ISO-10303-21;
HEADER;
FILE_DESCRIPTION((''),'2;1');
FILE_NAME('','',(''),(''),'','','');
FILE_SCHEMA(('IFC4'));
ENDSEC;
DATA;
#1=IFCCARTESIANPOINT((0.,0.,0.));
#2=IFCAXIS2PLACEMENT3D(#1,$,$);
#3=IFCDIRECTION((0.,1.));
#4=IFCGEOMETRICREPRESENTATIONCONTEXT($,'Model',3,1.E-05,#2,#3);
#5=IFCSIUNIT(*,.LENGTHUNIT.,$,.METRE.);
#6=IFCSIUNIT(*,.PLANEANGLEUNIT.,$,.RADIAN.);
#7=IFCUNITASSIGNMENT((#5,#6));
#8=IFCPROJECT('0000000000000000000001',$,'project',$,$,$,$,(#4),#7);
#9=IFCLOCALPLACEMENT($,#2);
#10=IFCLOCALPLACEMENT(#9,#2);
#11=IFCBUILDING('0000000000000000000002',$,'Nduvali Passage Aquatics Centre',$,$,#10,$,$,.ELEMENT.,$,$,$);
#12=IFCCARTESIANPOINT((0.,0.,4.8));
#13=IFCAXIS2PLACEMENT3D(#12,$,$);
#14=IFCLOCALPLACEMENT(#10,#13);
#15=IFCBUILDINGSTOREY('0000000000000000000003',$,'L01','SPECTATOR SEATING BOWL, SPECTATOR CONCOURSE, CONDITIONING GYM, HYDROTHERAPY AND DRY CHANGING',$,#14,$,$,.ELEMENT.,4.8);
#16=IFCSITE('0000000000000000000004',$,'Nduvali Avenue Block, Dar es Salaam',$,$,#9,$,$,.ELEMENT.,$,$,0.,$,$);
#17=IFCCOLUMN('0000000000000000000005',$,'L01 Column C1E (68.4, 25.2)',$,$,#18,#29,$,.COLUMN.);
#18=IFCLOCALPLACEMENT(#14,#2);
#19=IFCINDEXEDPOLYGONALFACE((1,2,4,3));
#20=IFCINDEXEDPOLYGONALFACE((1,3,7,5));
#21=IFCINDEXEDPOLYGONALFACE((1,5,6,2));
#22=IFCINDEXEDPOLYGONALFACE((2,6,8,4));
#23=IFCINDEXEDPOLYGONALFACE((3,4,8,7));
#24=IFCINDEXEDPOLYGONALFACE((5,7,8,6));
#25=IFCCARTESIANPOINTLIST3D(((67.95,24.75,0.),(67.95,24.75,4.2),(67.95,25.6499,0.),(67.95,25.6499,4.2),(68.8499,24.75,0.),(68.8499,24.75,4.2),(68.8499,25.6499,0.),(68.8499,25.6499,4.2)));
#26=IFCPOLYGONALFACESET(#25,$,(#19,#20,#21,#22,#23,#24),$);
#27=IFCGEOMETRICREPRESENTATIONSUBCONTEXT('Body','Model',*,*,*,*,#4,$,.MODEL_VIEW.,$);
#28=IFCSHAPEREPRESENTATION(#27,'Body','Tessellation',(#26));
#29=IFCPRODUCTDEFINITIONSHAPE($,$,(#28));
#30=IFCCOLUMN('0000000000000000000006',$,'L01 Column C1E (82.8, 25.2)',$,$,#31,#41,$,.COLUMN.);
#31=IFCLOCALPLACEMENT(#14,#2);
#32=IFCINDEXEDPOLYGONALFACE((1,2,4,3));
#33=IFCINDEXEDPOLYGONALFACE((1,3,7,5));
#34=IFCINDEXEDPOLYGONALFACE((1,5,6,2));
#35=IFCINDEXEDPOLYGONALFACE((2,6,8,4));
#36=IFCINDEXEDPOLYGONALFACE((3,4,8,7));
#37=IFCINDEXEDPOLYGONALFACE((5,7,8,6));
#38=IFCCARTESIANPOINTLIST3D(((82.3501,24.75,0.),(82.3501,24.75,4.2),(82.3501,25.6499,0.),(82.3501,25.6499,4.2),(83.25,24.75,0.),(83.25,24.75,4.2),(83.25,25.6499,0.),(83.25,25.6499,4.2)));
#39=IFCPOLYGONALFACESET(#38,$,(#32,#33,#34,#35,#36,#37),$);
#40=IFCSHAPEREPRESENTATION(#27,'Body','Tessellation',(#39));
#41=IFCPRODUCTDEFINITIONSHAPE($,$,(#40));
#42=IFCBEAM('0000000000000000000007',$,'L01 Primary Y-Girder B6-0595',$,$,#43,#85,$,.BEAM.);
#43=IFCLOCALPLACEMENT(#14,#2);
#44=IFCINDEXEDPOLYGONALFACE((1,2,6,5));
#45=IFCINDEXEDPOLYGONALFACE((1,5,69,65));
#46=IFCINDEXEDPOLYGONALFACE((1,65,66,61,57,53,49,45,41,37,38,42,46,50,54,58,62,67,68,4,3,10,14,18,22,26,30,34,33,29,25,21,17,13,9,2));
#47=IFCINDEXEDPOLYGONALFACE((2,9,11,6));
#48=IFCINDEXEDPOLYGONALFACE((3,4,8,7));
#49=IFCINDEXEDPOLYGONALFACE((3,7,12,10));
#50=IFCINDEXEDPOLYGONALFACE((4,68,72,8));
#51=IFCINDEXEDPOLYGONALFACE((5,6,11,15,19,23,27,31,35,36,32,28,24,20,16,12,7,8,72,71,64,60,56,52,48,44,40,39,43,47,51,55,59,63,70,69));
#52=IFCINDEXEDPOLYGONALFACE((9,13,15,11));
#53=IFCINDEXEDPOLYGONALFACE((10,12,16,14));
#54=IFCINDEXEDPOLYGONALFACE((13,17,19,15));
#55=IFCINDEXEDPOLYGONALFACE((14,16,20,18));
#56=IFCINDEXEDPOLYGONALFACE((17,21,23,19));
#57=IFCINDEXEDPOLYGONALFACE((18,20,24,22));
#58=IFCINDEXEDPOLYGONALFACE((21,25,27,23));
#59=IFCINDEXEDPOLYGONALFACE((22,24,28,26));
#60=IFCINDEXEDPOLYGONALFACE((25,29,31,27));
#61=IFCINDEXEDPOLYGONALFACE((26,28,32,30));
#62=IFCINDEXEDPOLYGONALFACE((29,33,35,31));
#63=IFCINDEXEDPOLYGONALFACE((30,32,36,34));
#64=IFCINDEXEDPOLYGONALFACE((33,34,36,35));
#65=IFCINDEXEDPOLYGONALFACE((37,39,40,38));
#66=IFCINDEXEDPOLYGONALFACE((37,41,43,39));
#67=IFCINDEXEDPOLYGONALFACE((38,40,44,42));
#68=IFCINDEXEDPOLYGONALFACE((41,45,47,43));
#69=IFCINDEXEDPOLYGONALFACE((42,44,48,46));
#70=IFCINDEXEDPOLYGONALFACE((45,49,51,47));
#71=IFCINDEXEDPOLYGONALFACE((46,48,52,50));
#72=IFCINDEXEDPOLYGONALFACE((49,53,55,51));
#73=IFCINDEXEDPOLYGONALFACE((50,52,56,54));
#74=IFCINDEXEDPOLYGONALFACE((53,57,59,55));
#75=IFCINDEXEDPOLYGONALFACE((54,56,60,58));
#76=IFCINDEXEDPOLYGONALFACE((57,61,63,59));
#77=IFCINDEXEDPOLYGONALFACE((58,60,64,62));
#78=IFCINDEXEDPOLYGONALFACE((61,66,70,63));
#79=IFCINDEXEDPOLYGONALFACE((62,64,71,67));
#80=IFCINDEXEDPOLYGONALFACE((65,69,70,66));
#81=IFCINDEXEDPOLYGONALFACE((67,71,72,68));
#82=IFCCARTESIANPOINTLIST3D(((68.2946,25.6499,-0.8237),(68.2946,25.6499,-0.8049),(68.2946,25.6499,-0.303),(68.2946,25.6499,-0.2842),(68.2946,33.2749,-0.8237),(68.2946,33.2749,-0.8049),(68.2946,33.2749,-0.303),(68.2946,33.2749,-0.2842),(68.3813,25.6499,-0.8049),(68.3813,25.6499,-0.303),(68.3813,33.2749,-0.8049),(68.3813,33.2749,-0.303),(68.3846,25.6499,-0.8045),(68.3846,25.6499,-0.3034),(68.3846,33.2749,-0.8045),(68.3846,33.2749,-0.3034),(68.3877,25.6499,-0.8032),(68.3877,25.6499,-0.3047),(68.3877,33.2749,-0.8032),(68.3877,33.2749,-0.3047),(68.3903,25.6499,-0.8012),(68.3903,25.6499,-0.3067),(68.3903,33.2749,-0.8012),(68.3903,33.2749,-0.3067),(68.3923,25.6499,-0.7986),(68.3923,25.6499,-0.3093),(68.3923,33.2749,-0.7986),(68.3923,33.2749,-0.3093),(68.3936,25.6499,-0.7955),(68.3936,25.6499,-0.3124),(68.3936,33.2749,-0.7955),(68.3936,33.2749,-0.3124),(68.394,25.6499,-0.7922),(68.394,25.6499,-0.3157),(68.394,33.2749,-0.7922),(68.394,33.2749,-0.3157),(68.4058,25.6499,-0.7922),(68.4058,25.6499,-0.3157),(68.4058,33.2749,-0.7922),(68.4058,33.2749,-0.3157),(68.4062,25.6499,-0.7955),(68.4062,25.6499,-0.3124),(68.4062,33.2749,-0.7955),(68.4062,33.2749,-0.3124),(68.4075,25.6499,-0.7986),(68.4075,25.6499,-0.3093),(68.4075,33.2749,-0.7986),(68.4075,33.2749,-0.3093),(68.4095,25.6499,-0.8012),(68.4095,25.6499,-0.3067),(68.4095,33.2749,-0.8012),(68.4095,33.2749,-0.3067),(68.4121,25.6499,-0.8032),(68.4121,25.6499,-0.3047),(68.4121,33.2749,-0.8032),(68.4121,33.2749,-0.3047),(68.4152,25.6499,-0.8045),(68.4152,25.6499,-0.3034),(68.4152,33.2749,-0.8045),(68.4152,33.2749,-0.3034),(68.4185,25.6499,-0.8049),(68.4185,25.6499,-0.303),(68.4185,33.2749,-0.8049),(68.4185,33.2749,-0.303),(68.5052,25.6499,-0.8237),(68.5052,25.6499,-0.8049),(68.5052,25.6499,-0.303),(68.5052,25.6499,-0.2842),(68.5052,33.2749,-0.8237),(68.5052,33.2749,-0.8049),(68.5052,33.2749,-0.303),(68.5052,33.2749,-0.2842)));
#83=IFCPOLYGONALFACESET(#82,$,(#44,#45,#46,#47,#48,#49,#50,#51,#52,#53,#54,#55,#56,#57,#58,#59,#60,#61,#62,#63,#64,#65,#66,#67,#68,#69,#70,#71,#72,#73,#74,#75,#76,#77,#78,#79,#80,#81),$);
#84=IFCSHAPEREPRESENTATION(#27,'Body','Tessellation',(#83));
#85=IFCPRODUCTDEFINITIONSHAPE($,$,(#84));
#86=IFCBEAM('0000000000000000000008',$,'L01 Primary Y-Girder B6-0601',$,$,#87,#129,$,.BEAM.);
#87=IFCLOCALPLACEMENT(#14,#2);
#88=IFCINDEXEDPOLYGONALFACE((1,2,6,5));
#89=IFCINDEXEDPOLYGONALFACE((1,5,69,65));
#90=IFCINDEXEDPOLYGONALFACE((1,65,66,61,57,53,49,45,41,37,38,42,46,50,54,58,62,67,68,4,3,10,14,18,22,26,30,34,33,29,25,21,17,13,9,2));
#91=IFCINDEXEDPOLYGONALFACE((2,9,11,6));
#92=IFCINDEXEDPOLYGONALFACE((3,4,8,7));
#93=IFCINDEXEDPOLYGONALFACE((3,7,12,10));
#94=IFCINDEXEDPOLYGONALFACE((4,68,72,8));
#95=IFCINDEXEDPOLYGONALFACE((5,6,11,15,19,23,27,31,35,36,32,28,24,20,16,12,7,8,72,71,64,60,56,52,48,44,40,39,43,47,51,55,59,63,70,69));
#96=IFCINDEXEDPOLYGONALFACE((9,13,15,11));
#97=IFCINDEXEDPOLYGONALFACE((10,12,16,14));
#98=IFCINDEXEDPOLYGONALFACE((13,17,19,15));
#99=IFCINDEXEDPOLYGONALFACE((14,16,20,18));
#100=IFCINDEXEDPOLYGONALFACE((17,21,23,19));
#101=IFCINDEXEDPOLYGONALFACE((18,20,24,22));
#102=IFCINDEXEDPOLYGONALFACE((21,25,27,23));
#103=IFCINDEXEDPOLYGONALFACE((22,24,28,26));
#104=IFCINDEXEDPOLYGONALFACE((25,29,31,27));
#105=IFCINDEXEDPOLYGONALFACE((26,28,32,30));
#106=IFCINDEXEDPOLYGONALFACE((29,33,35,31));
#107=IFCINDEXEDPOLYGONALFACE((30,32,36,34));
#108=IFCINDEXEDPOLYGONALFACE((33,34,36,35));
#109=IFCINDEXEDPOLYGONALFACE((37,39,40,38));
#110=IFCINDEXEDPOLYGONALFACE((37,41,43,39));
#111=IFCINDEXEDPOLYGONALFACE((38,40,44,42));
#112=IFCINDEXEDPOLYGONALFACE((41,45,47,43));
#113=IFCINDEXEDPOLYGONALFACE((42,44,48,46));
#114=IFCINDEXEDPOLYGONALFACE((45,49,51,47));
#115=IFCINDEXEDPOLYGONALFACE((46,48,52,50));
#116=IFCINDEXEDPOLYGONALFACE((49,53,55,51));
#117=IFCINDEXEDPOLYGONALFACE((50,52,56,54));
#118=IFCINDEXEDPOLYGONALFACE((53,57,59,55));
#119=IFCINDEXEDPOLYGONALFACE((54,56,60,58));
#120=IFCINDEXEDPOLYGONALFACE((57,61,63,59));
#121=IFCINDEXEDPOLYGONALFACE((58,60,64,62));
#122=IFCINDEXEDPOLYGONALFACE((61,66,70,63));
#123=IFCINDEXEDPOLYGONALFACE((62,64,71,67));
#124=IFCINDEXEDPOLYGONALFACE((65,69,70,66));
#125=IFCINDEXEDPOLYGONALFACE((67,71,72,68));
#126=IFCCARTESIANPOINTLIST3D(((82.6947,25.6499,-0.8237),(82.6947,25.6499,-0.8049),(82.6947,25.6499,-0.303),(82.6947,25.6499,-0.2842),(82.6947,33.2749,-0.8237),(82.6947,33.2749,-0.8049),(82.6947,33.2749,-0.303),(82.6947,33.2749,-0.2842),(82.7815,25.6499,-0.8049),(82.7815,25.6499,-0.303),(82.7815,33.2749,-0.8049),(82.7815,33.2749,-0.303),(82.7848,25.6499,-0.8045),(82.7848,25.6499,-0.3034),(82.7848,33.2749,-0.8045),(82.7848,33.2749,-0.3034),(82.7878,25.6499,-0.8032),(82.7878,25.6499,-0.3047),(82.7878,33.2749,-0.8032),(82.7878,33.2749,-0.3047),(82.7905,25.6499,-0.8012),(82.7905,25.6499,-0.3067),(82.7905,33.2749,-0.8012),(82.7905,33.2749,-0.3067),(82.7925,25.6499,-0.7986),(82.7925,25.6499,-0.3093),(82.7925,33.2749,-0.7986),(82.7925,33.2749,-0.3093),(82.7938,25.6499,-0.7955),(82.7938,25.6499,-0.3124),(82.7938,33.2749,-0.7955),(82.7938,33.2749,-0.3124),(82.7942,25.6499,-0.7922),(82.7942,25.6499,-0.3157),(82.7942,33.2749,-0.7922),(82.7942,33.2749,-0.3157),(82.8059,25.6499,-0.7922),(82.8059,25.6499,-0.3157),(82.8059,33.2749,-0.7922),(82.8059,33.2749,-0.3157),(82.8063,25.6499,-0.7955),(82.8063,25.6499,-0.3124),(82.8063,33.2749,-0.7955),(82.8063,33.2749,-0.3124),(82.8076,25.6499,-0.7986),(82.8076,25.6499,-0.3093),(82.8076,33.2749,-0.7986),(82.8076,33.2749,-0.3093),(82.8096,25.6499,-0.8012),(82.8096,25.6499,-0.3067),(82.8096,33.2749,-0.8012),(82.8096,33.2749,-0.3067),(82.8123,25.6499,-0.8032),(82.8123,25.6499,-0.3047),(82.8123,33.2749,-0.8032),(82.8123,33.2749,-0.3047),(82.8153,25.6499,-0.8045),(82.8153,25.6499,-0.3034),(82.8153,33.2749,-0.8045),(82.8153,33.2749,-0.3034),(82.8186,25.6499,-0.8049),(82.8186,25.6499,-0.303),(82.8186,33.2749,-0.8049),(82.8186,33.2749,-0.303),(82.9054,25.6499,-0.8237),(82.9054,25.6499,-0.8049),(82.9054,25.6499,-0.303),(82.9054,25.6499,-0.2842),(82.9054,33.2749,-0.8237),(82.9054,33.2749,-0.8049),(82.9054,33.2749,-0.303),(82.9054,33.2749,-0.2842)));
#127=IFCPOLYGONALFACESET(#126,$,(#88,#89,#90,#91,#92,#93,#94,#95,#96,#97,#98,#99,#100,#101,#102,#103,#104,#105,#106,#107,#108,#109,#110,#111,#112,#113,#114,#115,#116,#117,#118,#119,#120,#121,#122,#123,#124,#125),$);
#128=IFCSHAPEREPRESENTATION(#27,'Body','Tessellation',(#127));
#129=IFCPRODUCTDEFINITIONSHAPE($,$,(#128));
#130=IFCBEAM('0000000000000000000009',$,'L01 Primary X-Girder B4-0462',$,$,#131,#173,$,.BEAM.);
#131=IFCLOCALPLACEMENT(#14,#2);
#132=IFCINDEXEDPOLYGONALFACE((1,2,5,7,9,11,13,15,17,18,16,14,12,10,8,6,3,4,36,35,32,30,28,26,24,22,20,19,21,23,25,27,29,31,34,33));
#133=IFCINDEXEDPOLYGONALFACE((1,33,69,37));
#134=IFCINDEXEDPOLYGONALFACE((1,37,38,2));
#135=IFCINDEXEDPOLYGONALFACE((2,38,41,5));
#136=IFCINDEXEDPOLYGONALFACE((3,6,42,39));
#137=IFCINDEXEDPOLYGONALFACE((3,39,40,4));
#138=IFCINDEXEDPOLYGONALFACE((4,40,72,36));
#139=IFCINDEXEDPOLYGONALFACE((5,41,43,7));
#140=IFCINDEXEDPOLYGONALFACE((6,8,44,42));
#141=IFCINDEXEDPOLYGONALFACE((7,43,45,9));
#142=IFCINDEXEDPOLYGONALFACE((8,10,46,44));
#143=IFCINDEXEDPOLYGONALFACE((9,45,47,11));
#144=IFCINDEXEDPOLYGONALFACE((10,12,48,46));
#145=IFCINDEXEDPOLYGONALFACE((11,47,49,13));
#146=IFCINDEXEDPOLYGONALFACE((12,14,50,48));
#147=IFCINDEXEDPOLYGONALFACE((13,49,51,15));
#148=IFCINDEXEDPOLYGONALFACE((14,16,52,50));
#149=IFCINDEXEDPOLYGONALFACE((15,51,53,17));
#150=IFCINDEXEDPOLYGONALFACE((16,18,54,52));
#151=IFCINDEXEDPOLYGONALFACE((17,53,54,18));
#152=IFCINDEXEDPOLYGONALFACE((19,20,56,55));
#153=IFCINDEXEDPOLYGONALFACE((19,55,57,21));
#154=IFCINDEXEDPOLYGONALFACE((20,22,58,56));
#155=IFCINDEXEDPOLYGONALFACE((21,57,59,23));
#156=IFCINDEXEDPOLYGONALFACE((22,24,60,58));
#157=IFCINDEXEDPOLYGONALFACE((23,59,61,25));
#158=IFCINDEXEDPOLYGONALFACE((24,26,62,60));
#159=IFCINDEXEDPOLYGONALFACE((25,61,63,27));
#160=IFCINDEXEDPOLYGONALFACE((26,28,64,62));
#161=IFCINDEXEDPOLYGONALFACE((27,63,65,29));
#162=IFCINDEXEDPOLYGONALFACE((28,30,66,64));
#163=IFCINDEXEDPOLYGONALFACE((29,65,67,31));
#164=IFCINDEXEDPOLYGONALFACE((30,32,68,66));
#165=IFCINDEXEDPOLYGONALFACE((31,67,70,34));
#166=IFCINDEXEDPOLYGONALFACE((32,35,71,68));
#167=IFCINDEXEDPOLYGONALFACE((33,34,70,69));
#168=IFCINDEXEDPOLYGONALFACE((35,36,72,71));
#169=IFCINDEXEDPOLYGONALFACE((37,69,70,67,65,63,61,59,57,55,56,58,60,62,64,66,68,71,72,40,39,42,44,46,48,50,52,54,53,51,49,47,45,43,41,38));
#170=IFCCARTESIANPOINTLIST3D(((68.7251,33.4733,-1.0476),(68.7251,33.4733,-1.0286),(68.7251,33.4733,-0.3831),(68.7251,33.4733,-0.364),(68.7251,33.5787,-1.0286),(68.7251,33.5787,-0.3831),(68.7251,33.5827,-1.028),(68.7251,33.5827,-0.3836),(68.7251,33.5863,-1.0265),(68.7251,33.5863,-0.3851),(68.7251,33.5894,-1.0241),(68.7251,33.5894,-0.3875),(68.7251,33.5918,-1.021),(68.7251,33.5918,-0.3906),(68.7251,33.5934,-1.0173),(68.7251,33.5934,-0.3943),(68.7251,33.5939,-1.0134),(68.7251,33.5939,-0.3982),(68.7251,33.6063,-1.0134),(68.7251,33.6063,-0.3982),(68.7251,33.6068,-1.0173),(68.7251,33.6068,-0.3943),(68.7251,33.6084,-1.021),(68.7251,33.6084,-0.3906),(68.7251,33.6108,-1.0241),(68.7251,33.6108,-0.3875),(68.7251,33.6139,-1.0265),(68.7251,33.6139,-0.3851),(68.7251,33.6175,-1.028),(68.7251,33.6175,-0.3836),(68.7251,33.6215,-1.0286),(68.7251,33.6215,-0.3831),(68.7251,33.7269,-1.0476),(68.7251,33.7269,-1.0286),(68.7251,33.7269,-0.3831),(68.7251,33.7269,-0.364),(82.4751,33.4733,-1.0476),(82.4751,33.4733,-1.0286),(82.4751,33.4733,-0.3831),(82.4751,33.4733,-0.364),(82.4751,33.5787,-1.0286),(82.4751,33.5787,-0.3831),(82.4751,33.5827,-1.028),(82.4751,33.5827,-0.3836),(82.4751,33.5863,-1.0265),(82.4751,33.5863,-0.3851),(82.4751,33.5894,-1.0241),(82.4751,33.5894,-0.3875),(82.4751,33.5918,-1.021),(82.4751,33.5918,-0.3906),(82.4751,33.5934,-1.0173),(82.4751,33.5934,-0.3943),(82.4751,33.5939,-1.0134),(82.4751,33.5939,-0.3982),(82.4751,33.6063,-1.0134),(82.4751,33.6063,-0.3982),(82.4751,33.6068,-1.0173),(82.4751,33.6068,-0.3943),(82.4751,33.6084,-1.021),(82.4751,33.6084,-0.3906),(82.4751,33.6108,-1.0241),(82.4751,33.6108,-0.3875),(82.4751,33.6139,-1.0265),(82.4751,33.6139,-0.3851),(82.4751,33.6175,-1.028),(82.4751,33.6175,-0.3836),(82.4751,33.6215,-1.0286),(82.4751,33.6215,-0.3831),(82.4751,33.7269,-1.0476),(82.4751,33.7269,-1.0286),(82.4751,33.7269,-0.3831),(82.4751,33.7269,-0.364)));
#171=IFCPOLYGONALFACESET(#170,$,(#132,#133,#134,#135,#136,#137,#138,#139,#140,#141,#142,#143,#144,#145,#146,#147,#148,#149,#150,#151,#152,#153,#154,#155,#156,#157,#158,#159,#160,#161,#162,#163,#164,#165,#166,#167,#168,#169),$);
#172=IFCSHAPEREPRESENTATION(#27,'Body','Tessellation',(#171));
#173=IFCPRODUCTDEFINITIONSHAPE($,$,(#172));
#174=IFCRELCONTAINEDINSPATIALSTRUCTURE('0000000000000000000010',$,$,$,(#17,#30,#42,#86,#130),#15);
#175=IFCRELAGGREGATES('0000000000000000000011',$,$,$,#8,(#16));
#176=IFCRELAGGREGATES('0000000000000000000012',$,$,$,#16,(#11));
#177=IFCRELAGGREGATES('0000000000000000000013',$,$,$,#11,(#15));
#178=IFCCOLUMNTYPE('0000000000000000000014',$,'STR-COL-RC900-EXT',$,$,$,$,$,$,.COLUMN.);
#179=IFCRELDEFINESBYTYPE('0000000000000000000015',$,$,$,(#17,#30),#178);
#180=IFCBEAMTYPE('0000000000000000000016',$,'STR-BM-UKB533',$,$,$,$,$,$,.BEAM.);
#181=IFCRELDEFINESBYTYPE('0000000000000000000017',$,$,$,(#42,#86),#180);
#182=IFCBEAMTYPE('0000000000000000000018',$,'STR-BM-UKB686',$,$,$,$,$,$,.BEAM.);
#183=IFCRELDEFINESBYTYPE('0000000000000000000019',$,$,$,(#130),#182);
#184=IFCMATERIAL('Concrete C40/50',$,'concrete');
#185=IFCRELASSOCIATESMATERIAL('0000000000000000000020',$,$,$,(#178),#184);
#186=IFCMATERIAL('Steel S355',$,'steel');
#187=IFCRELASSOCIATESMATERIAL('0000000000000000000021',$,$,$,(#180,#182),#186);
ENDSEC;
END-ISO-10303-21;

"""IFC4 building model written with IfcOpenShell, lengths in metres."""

from ifc_helpers import new_model, si_unit, direction, frame, origin, origin_2d, place, context, subcontext, project, spatial, rectangle, i_section, extrude, material, material_profile, profile_set, type_object, element, save


model = new_model("IFC4")

# Units and contexts
model_context = context("Model", 3, precision=1e-05, world=origin(), true_north=direction((0.0, 1.0)))
body_context = subcontext(model_context, "Body", "Model", "MODEL_VIEW")
ifc_project = project(units=[si_unit("LENGTHUNIT", "METRE"), si_unit("PLANEANGLEUNIT", "RADIAN")], contexts=[model_context])

# Site, building, storey
site_placement = place(None, origin())
site = spatial("IfcSite", under=ifc_project, at=site_placement, Name="Nduvali Avenue Block, Dar es Salaam", CompositionType="ELEMENT", RefElevation=0.0)
building_placement = place(site_placement, origin())
building = spatial("IfcBuilding", under=site, at=building_placement, Name="Nduvali Passage Aquatics Centre", CompositionType="ELEMENT")
storey_placement = place(building_placement, frame((0.0, 0.0, 4.8)))
storey = spatial("IfcBuildingStorey", under=building, at=storey_placement, Name="L01", Description="SPECTATOR SEATING BOWL, SPECTATOR CONCOURSE, CONDITIONING GYM, HYDROTHERAPY AND DRY CHANGING", CompositionType="ELEMENT", Elevation=4.8)

# Columns
ifc_material_1 = material(Name="Concrete C40/50", Category="concrete")
ifc_material_profile_1 = material_profile(ifc_material_1, rectangle(XDim=0.8999, YDim=0.8999, at=origin_2d()), Name="RC 900x900")
ifc_profile_set_1 = profile_set([ifc_material_profile_1], Name="Concrete C40/50")
column_type = type_object("IfcColumnType", Name="STR-COL-RC900-EXT", PredefinedType="COLUMN", material=ifc_profile_set_1)
for number, where, z_axis, x_axis, name in (
    (1, (68.3999, 25.2, 0.0), (0.0, 0.0, 1.0), (1.0, 0.0, 0.0), "L01 Column C1E (68.4, 25.2)"),
    (2, (82.8, 25.2, 0.0), (0.0, 0.0, 1.0), (1.0, 0.0, 0.0), "L01 Column C1E (82.8, 25.2)"),
):
    element("IfcColumn", number, at=place(storey_placement, frame(where, z_axis=z_axis, x_axis=x_axis)), inside=storey, type_object=column_type, Name=name, PredefinedType="COLUMN", context=body_context, shape_type="SweptSolid", body=[
        extrude(rectangle(XDim=0.8999, YDim=0.8999, at=origin_2d()), origin(), (0.0, 0.0, 1.0), 4.2),
    ])

# Beams
ifc_material_2 = material(Name="Steel S355", Category="steel")
ifc_material_profile_2 = material_profile(ifc_material_2, i_section(OverallWidth=0.2107, OverallDepth=0.5396, WebThickness=0.0117, FlangeThickness=0.0188, FilletRadius=0.0127, at=origin_2d()), Name="UKB 533x210x109")
ifc_profile_set_2 = profile_set([ifc_material_profile_2], Name="Steel S355")
beam_type_1 = type_object("IfcBeamType", Name="STR-BM-UKB533", PredefinedType="BEAM", material=ifc_profile_set_2)
for number, where, z_axis, x_axis, name in (
    (3, (68.3999, 25.6499, -0.554), (0.0, 1.0, 0.0), (-1.0, 0.0, 0.0), "L01 Primary Y-Girder B6-0595"),
    (4, (82.8, 25.6499, -0.554), (0.0, 1.0, 0.0), (-1.0, 0.0, 0.0), "L01 Primary Y-Girder B6-0601"),
):
    element("IfcBeam", number, at=place(storey_placement, frame(where, z_axis=z_axis, x_axis=x_axis)), inside=storey, type_object=beam_type_1, Name=name, PredefinedType="BEAM", context=body_context, shape_type="SweptSolid", body=[
        extrude(i_section(OverallWidth=0.2107, OverallDepth=0.5396, WebThickness=0.0117, FlangeThickness=0.0188, FilletRadius=0.0127, at=origin_2d()), origin(), (0.0, 0.0, 1.0), 7.625),
    ])
ifc_material_profile_3 = material_profile(ifc_material_2, i_section(OverallWidth=0.2537, OverallDepth=0.6836, WebThickness=0.0125, FlangeThickness=0.019, FilletRadius=0.0151, at=origin_2d()), Name="UKB 686x254x140")
ifc_profile_set_3 = profile_set([ifc_material_profile_3], Name="Steel S355")
beam_type_2 = type_object("IfcBeamType", Name="STR-BM-UKB686", PredefinedType="BEAM", material=ifc_profile_set_3)
for number, where, z_axis, x_axis, name in (
    (5, (68.7251, 33.6001, -0.7058), (1.0, 0.0, 0.0), (0.0, 1.0, 0.0), "L01 Primary X-Girder B4-0462"),
):
    element("IfcBeam", number, at=place(storey_placement, frame(where, z_axis=z_axis, x_axis=x_axis)), inside=storey, type_object=beam_type_2, Name=name, PredefinedType="BEAM", context=body_context, shape_type="SweptSolid", body=[
        extrude(i_section(OverallWidth=0.2537, OverallDepth=0.6836, WebThickness=0.0125, FlangeThickness=0.019, FilletRadius=0.0151, at=origin_2d()), origin(), (0.0, 0.0, 1.0), 13.75),
    ])

save(model, "model.ifc")
